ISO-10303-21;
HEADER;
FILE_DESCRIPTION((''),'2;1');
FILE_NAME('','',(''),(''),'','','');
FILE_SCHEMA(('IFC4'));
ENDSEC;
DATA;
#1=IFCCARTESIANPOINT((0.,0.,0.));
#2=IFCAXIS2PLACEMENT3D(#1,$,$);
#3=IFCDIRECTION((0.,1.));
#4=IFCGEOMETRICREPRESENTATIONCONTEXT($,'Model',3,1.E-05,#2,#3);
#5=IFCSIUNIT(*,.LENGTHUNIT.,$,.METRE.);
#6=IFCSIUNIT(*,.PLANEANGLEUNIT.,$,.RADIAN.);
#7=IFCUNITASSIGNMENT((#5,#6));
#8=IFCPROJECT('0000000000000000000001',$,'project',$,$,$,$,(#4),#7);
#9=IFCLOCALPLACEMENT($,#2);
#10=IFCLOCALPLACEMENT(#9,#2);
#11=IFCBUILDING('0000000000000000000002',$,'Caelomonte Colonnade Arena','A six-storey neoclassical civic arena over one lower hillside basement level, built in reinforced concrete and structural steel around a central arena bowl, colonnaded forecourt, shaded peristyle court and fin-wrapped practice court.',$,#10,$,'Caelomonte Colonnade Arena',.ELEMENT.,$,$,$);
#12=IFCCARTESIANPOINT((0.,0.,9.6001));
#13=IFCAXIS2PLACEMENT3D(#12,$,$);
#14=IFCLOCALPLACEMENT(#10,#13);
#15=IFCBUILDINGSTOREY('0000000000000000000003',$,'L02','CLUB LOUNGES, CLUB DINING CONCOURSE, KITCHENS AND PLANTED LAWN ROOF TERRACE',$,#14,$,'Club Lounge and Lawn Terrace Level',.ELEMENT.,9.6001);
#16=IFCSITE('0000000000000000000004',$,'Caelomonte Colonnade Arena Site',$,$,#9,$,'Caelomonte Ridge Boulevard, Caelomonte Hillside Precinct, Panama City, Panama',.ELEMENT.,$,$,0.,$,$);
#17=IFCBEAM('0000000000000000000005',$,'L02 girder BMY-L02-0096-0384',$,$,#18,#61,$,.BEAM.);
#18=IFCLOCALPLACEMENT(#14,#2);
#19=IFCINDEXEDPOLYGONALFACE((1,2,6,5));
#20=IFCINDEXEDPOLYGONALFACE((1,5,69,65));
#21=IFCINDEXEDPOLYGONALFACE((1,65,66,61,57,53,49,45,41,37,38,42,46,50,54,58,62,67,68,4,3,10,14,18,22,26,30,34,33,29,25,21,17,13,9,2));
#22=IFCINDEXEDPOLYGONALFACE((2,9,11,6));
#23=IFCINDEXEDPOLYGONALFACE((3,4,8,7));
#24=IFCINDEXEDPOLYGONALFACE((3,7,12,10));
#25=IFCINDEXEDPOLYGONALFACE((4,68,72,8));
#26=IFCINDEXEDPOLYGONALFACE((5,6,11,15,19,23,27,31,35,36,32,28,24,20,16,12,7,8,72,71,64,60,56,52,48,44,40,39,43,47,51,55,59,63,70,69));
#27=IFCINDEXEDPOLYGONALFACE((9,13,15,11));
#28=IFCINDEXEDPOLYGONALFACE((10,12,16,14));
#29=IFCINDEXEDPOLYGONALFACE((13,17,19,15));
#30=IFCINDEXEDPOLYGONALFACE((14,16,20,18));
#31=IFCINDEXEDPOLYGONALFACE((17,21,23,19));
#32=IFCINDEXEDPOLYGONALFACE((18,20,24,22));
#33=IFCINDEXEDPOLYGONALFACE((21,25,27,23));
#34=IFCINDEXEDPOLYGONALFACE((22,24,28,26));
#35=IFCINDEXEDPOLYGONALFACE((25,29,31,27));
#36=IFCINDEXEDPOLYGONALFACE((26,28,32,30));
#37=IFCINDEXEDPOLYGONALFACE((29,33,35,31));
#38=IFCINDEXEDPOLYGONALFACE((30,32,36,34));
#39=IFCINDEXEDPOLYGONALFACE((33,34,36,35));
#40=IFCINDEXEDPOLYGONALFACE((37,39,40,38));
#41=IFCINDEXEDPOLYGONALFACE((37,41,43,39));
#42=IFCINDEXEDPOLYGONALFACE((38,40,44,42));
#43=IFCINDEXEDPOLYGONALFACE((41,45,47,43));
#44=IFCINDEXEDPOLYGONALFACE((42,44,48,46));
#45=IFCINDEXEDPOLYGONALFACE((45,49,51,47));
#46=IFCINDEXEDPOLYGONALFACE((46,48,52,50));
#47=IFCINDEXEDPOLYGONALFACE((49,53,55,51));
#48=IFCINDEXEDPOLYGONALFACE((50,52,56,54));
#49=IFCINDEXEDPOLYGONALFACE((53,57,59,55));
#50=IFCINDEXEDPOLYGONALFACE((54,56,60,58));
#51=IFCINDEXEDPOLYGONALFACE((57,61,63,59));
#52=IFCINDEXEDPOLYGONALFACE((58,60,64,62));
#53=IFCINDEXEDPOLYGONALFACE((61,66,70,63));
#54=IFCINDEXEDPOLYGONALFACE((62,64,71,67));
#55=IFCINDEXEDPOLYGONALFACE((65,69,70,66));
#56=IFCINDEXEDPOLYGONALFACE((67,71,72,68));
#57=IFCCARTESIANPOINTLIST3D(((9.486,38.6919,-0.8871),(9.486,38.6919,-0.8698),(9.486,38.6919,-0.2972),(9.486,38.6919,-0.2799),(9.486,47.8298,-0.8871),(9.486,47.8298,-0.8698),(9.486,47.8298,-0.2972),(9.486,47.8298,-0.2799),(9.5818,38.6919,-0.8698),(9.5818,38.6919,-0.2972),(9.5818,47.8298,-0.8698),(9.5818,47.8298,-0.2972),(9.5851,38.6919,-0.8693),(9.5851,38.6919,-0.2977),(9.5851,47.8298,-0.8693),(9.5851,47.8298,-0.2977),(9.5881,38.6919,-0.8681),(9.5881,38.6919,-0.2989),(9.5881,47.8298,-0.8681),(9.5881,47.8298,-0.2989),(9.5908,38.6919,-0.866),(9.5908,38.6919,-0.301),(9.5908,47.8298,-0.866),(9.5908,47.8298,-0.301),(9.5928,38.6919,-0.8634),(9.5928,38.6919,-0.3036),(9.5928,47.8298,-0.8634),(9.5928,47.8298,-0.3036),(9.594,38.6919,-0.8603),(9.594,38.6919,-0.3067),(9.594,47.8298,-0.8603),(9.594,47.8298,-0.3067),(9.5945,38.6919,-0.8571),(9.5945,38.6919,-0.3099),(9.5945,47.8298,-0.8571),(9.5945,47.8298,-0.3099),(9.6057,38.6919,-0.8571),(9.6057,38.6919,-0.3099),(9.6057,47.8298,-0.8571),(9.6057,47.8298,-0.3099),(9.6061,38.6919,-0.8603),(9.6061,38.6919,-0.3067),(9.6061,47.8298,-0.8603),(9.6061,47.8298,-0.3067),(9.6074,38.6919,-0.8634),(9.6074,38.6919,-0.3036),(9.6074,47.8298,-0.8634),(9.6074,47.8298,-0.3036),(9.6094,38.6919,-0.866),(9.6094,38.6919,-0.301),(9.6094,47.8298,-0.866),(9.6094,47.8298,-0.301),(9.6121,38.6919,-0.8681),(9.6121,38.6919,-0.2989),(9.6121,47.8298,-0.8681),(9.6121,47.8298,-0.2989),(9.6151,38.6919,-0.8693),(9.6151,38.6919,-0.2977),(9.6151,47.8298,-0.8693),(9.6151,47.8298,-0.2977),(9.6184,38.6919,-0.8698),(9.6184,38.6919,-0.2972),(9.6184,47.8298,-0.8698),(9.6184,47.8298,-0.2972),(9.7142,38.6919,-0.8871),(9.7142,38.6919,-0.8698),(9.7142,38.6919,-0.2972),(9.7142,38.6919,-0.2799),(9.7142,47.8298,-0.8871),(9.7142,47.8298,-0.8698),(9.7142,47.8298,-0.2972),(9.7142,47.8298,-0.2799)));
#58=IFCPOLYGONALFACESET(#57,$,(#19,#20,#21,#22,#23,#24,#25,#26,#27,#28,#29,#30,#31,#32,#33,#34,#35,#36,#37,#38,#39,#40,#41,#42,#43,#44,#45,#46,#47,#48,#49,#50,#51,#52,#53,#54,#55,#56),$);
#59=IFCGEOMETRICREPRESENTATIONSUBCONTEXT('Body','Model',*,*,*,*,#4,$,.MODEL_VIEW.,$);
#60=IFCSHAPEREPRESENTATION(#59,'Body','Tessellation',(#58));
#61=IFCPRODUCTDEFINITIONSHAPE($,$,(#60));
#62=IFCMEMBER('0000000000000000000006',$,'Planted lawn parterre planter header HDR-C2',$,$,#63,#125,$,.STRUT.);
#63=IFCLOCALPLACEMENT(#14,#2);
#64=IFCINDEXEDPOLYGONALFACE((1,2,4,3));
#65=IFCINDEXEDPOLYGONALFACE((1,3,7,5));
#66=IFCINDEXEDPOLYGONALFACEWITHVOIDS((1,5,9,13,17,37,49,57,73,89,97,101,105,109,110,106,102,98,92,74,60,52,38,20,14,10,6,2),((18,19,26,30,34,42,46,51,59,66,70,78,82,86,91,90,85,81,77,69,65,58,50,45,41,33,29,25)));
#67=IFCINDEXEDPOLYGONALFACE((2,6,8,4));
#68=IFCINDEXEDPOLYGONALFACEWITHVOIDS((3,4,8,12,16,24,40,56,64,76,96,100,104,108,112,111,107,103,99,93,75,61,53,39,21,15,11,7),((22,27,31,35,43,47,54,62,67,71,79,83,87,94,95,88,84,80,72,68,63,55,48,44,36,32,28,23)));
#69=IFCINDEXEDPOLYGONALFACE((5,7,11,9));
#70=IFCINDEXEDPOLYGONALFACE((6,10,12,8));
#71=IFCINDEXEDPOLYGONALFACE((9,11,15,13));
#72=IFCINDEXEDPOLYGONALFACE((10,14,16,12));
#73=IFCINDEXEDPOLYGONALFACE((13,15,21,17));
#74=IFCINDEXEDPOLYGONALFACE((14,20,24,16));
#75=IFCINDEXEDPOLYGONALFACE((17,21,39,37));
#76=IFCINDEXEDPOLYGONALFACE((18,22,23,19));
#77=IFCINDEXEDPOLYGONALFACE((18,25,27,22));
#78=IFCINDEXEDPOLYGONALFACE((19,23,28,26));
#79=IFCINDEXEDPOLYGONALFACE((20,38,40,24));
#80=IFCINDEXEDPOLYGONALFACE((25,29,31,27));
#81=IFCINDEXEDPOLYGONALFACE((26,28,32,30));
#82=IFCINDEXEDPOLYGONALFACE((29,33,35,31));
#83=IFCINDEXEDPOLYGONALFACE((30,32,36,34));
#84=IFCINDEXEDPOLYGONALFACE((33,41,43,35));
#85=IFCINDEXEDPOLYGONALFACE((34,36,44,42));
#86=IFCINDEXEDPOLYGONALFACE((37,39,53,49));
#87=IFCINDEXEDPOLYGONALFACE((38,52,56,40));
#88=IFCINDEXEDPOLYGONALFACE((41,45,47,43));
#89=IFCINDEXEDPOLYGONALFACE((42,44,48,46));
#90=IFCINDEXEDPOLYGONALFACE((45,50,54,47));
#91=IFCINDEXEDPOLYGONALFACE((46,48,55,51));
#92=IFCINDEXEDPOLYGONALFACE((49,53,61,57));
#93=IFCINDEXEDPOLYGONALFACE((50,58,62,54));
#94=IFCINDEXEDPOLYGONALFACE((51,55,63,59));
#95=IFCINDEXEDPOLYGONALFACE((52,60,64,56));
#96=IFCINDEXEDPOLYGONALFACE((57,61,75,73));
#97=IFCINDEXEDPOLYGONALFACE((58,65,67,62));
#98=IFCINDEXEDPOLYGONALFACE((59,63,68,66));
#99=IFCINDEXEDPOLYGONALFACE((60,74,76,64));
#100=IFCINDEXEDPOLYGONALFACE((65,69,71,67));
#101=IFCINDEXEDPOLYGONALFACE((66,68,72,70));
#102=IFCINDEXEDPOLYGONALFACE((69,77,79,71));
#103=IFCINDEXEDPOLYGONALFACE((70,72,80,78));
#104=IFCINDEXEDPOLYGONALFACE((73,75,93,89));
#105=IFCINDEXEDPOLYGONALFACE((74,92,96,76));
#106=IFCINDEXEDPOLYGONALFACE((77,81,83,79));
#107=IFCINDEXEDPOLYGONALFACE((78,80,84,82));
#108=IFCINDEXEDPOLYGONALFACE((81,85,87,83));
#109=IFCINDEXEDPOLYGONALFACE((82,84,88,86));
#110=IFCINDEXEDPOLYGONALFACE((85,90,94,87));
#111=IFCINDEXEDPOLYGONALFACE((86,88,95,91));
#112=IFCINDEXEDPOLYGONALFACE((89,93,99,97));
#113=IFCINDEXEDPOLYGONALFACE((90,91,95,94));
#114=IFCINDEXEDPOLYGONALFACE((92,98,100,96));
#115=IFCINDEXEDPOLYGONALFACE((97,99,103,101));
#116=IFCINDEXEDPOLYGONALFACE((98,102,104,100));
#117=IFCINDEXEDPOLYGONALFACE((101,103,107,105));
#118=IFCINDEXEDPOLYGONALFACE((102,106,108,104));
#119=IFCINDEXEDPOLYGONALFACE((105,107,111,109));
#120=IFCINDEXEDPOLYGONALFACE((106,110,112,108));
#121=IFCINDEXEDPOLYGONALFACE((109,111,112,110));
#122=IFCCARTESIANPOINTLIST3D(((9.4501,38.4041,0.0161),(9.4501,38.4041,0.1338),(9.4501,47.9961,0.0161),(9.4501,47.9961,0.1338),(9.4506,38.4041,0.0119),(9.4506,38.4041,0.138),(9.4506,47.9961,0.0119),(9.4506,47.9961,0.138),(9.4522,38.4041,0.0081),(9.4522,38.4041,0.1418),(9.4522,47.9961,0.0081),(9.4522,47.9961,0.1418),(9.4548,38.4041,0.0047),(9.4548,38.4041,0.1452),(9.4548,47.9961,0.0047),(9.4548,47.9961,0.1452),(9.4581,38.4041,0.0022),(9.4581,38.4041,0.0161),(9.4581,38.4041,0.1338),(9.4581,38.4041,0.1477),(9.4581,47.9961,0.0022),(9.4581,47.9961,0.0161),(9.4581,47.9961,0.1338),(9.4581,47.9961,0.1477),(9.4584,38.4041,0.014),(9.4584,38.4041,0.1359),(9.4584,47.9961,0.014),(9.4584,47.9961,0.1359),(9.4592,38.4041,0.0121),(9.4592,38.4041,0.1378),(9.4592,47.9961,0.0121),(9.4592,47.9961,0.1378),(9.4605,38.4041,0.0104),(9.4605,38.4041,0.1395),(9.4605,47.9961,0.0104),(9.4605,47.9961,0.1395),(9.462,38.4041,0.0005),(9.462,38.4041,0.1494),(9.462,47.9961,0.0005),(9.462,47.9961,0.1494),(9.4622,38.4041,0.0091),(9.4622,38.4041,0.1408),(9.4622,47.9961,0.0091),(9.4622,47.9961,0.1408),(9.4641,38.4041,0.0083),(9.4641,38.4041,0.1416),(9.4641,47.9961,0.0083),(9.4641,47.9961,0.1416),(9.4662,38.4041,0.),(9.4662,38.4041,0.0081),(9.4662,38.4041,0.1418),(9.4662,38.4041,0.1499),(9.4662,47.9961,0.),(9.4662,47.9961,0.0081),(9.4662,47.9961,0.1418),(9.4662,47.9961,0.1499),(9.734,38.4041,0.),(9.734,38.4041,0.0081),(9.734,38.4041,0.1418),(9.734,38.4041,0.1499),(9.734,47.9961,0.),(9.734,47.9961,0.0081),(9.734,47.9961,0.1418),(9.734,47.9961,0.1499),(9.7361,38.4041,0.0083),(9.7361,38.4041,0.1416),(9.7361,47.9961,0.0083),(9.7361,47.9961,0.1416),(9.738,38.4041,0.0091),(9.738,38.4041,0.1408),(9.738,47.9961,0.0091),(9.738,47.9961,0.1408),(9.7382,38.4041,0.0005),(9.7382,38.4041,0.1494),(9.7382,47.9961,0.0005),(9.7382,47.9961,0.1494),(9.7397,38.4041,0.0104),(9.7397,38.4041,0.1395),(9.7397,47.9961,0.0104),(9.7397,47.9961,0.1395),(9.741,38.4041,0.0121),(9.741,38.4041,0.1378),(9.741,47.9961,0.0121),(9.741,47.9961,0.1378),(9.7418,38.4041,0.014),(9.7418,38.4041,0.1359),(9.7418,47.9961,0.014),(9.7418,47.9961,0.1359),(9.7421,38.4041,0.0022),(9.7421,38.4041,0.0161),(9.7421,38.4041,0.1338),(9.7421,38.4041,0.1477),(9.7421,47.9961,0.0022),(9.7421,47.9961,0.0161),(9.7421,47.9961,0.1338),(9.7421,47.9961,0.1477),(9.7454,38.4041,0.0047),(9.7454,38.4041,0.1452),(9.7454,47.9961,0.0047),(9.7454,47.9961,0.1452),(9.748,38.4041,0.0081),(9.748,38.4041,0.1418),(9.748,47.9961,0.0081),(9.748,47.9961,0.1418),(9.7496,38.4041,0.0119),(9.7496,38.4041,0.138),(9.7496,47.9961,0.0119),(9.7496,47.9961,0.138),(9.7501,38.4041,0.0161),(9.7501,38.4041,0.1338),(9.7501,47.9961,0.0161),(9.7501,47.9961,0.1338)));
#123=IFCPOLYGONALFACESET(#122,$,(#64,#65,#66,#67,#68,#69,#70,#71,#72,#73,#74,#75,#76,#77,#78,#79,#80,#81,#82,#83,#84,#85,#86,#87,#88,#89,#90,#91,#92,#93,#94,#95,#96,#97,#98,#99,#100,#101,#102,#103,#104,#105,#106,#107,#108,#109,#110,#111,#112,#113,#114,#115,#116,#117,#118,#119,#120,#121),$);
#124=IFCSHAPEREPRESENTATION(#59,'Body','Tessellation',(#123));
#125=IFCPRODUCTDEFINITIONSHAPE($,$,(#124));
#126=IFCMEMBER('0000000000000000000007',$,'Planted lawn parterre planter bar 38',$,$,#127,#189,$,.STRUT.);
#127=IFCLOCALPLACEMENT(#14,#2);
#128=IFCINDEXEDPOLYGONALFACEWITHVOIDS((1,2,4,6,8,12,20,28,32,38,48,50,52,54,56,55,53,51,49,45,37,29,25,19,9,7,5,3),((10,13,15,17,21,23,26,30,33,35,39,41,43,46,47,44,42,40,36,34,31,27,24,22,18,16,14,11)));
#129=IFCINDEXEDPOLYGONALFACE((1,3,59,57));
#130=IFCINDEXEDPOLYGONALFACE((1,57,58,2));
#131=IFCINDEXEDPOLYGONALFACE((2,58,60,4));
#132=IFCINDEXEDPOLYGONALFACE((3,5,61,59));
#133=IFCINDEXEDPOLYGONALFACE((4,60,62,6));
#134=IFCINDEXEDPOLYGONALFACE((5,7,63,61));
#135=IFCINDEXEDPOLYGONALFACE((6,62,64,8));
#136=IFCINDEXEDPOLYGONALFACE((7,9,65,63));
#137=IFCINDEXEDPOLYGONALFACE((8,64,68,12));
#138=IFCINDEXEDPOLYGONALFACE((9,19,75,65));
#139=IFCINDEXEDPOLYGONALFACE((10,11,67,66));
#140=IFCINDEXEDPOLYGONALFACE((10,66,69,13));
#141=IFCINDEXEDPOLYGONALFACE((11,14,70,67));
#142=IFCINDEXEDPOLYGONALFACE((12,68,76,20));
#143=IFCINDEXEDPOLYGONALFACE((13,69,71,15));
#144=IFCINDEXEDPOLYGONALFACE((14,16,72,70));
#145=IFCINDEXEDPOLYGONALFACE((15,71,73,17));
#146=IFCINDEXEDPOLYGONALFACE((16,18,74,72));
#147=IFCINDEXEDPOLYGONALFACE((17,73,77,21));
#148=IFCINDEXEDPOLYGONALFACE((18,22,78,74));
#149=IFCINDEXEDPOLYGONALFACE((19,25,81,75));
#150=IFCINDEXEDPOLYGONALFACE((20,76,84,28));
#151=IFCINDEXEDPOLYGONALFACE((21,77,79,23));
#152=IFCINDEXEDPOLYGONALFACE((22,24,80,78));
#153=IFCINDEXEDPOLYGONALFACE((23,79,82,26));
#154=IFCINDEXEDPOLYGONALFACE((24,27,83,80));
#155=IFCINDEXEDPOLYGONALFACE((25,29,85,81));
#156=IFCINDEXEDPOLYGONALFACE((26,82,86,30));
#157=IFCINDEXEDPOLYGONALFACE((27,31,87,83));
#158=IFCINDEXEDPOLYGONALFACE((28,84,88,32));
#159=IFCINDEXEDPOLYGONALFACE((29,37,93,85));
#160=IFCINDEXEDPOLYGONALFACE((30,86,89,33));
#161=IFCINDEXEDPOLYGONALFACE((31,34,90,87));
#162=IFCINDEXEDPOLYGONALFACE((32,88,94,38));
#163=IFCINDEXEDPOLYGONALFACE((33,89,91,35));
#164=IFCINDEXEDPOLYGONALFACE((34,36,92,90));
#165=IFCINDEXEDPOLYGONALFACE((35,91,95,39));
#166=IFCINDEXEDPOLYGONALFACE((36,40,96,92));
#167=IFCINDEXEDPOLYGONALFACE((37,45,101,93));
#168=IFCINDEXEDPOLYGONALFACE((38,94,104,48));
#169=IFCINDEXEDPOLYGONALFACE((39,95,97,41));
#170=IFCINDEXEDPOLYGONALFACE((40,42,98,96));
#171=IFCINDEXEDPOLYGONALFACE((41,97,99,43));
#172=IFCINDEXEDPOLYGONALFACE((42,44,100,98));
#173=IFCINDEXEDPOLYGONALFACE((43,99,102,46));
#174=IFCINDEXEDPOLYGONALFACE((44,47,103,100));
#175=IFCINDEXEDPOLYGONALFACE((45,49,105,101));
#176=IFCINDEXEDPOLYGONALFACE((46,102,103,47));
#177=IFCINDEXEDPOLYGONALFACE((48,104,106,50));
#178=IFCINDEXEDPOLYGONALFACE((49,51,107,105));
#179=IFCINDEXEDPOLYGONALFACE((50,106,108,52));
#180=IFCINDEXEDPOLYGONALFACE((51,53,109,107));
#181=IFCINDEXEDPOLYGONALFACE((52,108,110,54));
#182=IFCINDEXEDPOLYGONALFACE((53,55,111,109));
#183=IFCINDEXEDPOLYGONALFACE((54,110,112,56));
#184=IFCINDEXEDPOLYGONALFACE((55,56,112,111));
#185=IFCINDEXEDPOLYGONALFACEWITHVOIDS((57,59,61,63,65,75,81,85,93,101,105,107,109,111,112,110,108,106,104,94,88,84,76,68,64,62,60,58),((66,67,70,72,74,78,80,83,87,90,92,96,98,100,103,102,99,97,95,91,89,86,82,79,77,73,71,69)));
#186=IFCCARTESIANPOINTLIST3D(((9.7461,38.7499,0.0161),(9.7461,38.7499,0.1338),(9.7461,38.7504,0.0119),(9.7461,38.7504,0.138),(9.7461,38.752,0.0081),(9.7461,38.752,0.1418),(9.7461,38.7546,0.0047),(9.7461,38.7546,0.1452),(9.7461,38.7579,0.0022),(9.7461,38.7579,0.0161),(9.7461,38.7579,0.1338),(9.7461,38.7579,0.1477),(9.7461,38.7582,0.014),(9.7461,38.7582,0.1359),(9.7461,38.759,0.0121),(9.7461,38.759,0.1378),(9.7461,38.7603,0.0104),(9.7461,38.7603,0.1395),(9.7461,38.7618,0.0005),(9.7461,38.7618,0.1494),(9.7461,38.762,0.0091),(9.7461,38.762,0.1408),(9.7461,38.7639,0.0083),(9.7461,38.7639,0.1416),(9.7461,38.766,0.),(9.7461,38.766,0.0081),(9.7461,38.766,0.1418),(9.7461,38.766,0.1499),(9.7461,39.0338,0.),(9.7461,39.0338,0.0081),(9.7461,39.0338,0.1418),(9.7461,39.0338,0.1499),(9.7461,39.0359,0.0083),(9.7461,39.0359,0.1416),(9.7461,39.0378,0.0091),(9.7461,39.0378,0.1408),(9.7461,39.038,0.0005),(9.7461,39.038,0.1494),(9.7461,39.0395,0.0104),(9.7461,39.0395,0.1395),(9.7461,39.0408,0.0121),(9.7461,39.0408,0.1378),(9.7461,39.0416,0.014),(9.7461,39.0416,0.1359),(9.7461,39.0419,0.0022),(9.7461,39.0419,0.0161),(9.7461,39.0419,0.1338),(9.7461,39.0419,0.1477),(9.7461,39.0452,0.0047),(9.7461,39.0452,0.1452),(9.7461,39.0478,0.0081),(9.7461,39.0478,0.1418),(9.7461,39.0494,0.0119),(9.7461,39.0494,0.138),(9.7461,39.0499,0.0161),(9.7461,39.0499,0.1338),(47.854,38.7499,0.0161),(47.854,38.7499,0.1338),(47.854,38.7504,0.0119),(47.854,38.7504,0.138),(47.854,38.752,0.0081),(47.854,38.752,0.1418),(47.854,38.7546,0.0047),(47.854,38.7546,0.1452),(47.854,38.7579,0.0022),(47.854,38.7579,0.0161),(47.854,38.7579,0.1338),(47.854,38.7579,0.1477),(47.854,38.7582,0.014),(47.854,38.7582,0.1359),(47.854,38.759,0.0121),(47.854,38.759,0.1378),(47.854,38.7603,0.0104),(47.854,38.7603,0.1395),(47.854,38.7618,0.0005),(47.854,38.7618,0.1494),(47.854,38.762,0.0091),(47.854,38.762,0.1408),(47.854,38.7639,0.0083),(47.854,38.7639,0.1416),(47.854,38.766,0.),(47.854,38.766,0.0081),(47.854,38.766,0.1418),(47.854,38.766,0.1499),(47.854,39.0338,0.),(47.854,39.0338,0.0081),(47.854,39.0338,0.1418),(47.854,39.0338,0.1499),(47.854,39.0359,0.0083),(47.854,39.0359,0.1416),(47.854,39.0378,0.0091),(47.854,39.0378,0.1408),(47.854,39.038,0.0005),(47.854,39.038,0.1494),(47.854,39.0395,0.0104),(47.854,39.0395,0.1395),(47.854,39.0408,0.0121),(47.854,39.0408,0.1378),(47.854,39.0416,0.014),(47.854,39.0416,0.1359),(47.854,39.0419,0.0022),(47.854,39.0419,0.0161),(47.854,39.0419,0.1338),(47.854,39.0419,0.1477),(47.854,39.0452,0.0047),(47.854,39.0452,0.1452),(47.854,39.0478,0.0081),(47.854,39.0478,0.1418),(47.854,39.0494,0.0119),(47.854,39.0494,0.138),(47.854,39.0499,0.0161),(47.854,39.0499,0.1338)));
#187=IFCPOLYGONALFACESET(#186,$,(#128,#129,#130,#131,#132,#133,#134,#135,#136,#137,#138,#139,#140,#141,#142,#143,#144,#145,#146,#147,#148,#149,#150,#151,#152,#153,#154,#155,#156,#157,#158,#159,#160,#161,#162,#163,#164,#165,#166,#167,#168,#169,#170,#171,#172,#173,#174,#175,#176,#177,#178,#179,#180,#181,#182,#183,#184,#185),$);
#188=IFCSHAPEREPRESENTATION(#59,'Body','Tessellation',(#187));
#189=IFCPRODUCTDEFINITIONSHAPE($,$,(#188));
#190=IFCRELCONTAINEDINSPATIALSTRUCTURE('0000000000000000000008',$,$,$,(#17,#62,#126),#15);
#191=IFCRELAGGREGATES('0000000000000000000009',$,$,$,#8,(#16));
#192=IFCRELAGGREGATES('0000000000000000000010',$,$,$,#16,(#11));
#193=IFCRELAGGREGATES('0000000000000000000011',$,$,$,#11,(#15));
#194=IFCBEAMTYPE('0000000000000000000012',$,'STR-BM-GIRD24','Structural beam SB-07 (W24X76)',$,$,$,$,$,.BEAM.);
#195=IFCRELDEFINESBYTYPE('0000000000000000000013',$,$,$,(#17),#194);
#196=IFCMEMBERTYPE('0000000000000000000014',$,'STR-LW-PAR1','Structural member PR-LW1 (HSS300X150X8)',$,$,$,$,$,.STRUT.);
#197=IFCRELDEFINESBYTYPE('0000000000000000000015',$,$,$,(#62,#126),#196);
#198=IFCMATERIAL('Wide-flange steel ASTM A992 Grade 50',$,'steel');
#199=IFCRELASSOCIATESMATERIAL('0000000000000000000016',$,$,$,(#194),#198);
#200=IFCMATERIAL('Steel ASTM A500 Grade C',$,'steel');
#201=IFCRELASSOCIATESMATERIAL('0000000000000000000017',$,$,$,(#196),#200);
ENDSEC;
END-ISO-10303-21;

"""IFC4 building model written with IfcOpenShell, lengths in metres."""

from ifc_helpers import new_model, si_unit, direction, frame, origin, origin_2d, place, context, subcontext, project, spatial, hollow_rectangle, i_section, extrude, material, material_profile, profile_set, type_object, element, save


model = new_model("IFC4")

# Units and contexts
model_context = context("Model", 3, precision=1e-05, world=origin(), true_north=direction((0.0, 1.0)))
body_context = subcontext(model_context, "Body", "Model", "MODEL_VIEW")
ifc_project = project(units=[si_unit("LENGTHUNIT", "METRE"), si_unit("PLANEANGLEUNIT", "RADIAN")], contexts=[model_context])

# Site, building, storey
site_placement = place(None, origin())
site = spatial("IfcSite", under=ifc_project, at=site_placement, Name="Caelomonte Colonnade Arena Site", LongName="Caelomonte Ridge Boulevard, Caelomonte Hillside Precinct, Panama City, Panama", CompositionType="ELEMENT", RefElevation=0.0)
building_placement = place(site_placement, origin())
building = spatial("IfcBuilding", under=site, at=building_placement, Name="Caelomonte Colonnade Arena", Description="A six-storey neoclassical civic arena over one lower hillside basement level, built in reinforced concrete and structural steel around a central arena bowl, colonnaded forecourt, shaded peristyle court and fin-wrapped practice court.", LongName="Caelomonte Colonnade Arena", CompositionType="ELEMENT")
storey_placement = place(building_placement, frame((0.0, 0.0, 9.6001)))
storey = spatial("IfcBuildingStorey", under=building, at=storey_placement, Name="L02", Description="CLUB LOUNGES, CLUB DINING CONCOURSE, KITCHENS AND PLANTED LAWN ROOF TERRACE", LongName="Club Lounge and Lawn Terrace Level", CompositionType="ELEMENT", Elevation=9.6001)

# Beam
ifc_material_1 = material(Name="Wide-flange steel ASTM A992 Grade 50", Category="steel")
ifc_material_profile_1 = material_profile(ifc_material_1, i_section(OverallWidth=0.2283, OverallDepth=0.6072, WebThickness=0.0112, FlangeThickness=0.0173, FilletRadius=0.0127, at=origin_2d()), Name="W24X76")
ifc_profile_set_1 = profile_set([ifc_material_profile_1], Name="Wide-flange steel ASTM A992 Grade 50")
beam_type = type_object("IfcBeamType", Name="STR-BM-GIRD24", Description="Structural beam SB-07 (W24X76)", PredefinedType="BEAM", material=ifc_profile_set_1)
beam_placement = place(storey_placement, frame((9.6001, 38.6919, -0.5835), z_axis=(0.0, 1.0, 0.0), x_axis=(-1.0, 0.0, 0.0)))
element("IfcBeam", 1, at=beam_placement, inside=storey, type_object=beam_type, Name="L02 girder BMY-L02-0096-0384", PredefinedType="BEAM", context=body_context, shape_type="SweptSolid", body=[
    extrude(i_section(OverallWidth=0.2283, OverallDepth=0.6072, WebThickness=0.0112, FlangeThickness=0.0173, FilletRadius=0.0127, at=origin_2d()), origin(), (0.0, 0.0, 1.0), 9.1379),
])

# Members
ifc_material_2 = material(Name="Steel ASTM A500 Grade C", Category="steel")
ifc_material_profile_2 = material_profile(ifc_material_2, hollow_rectangle(XDim=0.3, YDim=0.1499, WallThickness=0.0081, InnerFilletRadius=0.0081, OuterFilletRadius=0.0161, at=origin_2d()), Name="HSS300X150X8")
ifc_profile_set_2 = profile_set([ifc_material_profile_2], Name="Steel ASTM A500 Grade C")
member_type_1 = type_object("IfcMemberType", Name="STR-LW-PAR1", Description="Structural member PR-LW1 (HSS300X150X8)", PredefinedType="STRUT", material=ifc_profile_set_2)
member_placement = place(storey_placement, frame((9.6001, 38.4041, 0.075), z_axis=(0.0, 1.0, 0.0), x_axis=(-1.0, 0.0, 0.0)))
element("IfcMember", 2, at=member_placement, inside=storey, type_object=member_type_1, Name="Planted lawn parterre planter header HDR-C2", PredefinedType="STRUT", context=body_context, shape_type="SweptSolid", body=[
    extrude(hollow_rectangle(XDim=0.3, YDim=0.1499, WallThickness=0.0081, InnerFilletRadius=0.0081, OuterFilletRadius=0.0161, at=origin_2d()), origin(), (0.0, 0.0, 1.0), 9.592),
])
for number, where, z_axis, x_axis, name in (
    (3, (9.7461, 38.8999, 0.075), (1.0, 0.0, 0.0), (0.0, 1.0, 0.0), "Planted lawn parterre planter bar 38"),
):
    element("IfcMember", number, at=place(storey_placement, frame(where, z_axis=z_axis, x_axis=x_axis)), inside=storey, type_object=member_type_1, Name=name, PredefinedType="STRUT", context=body_context, shape_type="SweptSolid", body=[
        extrude(hollow_rectangle(XDim=0.3, YDim=0.1499, WallThickness=0.0081, InnerFilletRadius=0.0081, OuterFilletRadius=0.0161, at=origin_2d()), origin(), (0.0, 0.0, 1.0), 38.1079),
    ])

save(model, "model.ifc")
